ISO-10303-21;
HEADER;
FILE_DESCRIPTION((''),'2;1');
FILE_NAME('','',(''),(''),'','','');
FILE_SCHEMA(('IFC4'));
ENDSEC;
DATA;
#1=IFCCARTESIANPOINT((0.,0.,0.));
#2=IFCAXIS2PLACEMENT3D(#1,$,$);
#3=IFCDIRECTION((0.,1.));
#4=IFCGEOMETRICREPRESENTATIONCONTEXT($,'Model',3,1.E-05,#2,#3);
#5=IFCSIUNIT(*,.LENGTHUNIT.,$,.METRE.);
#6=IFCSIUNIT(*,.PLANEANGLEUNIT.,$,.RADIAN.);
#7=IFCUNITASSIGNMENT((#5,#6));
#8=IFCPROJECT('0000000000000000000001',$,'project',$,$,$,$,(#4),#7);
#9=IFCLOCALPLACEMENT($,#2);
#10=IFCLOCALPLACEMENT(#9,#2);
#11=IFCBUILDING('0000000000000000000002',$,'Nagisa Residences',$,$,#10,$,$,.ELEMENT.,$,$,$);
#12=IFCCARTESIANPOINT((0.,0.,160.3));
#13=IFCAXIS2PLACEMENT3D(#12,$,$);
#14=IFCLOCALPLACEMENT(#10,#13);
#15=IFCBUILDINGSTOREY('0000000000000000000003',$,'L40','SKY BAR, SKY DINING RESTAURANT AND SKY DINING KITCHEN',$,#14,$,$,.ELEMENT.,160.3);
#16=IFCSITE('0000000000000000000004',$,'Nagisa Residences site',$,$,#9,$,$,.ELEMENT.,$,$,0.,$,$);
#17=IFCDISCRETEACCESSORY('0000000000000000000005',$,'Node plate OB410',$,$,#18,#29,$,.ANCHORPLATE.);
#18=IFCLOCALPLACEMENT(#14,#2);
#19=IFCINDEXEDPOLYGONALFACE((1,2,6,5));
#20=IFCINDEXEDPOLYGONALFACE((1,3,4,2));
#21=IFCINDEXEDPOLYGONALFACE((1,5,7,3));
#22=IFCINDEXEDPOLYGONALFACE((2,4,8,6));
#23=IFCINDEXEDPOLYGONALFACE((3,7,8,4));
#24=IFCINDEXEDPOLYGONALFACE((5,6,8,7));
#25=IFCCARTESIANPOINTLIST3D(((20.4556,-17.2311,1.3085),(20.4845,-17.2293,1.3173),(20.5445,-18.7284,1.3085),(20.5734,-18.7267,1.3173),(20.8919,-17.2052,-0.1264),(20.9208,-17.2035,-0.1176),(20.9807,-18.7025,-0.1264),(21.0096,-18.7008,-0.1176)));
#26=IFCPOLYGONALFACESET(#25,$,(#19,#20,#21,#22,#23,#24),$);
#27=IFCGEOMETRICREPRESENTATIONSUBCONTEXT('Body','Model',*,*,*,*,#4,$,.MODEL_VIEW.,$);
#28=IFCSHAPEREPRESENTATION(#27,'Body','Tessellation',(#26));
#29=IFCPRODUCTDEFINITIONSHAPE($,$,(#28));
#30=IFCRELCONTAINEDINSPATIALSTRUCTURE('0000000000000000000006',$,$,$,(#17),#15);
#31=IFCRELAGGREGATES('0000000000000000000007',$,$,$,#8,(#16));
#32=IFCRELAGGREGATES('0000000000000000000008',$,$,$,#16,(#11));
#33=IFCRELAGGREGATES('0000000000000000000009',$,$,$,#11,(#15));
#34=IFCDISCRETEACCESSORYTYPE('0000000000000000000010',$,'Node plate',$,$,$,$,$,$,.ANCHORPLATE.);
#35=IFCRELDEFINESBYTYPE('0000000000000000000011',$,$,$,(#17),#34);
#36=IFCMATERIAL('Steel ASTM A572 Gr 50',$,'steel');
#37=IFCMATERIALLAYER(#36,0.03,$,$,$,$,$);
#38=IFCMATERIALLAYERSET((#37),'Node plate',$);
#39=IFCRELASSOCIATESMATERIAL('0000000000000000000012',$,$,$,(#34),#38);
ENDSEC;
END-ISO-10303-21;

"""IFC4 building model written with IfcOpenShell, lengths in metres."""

from ifc_helpers import new_model, si_unit, direction, frame, origin, origin_2d, place, context, subcontext, project, spatial, rectangle, extrude, material, layer, layer_set, type_object, element, save


model = new_model("IFC4")

# Units and contexts
model_context = context("Model", 3, precision=1e-05, world=origin(), true_north=direction((0.0, 1.0)))
body_context = subcontext(model_context, "Body", "Model", "MODEL_VIEW")
ifc_project = project(units=[si_unit("LENGTHUNIT", "METRE"), si_unit("PLANEANGLEUNIT", "RADIAN")], contexts=[model_context])

# Site, building, storey
site_placement = place(None, origin())
site = spatial("IfcSite", under=ifc_project, at=site_placement, Name="Nagisa Residences site", CompositionType="ELEMENT", RefElevation=0.0)
building_placement = place(site_placement, origin())
building = spatial("IfcBuilding", under=site, at=building_placement, Name="Nagisa Residences", CompositionType="ELEMENT")
storey_placement = place(building_placement, frame((0.0, 0.0, 160.3)))
storey = spatial("IfcBuildingStorey", under=building, at=storey_placement, Name="L40", Description="SKY BAR, SKY DINING RESTAURANT AND SKY DINING KITCHEN", CompositionType="ELEMENT", Elevation=160.3)

# Discrete accessory
ifc_material_1 = material(Name="Steel ASTM A572 Gr 50", Category="steel")
ifc_layer = layer(ifc_material_1, 0.03)
ifc_layer_set = layer_set([ifc_layer], Name="Node plate")
discrete_accessory_type_1 = type_object("IfcDiscreteAccessoryType", Name="Node plate", PredefinedType="ANCHORPLATE", material=ifc_layer_set)
discrete_accessory_1_placement = place(storey_placement, frame((20.7471, -17.9651, 0.5999), z_axis=(-0.954941, -0.056649, -0.291338), x_axis=(0.059218, -0.998245, 0.0)))
element("IfcDiscreteAccessory", 1, at=discrete_accessory_1_placement, inside=storey, type_object=discrete_accessory_type_1, Name="Node plate OB410", PredefinedType="ANCHORPLATE", context=body_context, shape_type="SweptSolid", body=[
    extrude(rectangle(XDim=1.5, YDim=1.5, at=origin_2d()), origin(), (0.0, 0.0, 1.0), 0.0303),
])

save(model, "model.ifc")
